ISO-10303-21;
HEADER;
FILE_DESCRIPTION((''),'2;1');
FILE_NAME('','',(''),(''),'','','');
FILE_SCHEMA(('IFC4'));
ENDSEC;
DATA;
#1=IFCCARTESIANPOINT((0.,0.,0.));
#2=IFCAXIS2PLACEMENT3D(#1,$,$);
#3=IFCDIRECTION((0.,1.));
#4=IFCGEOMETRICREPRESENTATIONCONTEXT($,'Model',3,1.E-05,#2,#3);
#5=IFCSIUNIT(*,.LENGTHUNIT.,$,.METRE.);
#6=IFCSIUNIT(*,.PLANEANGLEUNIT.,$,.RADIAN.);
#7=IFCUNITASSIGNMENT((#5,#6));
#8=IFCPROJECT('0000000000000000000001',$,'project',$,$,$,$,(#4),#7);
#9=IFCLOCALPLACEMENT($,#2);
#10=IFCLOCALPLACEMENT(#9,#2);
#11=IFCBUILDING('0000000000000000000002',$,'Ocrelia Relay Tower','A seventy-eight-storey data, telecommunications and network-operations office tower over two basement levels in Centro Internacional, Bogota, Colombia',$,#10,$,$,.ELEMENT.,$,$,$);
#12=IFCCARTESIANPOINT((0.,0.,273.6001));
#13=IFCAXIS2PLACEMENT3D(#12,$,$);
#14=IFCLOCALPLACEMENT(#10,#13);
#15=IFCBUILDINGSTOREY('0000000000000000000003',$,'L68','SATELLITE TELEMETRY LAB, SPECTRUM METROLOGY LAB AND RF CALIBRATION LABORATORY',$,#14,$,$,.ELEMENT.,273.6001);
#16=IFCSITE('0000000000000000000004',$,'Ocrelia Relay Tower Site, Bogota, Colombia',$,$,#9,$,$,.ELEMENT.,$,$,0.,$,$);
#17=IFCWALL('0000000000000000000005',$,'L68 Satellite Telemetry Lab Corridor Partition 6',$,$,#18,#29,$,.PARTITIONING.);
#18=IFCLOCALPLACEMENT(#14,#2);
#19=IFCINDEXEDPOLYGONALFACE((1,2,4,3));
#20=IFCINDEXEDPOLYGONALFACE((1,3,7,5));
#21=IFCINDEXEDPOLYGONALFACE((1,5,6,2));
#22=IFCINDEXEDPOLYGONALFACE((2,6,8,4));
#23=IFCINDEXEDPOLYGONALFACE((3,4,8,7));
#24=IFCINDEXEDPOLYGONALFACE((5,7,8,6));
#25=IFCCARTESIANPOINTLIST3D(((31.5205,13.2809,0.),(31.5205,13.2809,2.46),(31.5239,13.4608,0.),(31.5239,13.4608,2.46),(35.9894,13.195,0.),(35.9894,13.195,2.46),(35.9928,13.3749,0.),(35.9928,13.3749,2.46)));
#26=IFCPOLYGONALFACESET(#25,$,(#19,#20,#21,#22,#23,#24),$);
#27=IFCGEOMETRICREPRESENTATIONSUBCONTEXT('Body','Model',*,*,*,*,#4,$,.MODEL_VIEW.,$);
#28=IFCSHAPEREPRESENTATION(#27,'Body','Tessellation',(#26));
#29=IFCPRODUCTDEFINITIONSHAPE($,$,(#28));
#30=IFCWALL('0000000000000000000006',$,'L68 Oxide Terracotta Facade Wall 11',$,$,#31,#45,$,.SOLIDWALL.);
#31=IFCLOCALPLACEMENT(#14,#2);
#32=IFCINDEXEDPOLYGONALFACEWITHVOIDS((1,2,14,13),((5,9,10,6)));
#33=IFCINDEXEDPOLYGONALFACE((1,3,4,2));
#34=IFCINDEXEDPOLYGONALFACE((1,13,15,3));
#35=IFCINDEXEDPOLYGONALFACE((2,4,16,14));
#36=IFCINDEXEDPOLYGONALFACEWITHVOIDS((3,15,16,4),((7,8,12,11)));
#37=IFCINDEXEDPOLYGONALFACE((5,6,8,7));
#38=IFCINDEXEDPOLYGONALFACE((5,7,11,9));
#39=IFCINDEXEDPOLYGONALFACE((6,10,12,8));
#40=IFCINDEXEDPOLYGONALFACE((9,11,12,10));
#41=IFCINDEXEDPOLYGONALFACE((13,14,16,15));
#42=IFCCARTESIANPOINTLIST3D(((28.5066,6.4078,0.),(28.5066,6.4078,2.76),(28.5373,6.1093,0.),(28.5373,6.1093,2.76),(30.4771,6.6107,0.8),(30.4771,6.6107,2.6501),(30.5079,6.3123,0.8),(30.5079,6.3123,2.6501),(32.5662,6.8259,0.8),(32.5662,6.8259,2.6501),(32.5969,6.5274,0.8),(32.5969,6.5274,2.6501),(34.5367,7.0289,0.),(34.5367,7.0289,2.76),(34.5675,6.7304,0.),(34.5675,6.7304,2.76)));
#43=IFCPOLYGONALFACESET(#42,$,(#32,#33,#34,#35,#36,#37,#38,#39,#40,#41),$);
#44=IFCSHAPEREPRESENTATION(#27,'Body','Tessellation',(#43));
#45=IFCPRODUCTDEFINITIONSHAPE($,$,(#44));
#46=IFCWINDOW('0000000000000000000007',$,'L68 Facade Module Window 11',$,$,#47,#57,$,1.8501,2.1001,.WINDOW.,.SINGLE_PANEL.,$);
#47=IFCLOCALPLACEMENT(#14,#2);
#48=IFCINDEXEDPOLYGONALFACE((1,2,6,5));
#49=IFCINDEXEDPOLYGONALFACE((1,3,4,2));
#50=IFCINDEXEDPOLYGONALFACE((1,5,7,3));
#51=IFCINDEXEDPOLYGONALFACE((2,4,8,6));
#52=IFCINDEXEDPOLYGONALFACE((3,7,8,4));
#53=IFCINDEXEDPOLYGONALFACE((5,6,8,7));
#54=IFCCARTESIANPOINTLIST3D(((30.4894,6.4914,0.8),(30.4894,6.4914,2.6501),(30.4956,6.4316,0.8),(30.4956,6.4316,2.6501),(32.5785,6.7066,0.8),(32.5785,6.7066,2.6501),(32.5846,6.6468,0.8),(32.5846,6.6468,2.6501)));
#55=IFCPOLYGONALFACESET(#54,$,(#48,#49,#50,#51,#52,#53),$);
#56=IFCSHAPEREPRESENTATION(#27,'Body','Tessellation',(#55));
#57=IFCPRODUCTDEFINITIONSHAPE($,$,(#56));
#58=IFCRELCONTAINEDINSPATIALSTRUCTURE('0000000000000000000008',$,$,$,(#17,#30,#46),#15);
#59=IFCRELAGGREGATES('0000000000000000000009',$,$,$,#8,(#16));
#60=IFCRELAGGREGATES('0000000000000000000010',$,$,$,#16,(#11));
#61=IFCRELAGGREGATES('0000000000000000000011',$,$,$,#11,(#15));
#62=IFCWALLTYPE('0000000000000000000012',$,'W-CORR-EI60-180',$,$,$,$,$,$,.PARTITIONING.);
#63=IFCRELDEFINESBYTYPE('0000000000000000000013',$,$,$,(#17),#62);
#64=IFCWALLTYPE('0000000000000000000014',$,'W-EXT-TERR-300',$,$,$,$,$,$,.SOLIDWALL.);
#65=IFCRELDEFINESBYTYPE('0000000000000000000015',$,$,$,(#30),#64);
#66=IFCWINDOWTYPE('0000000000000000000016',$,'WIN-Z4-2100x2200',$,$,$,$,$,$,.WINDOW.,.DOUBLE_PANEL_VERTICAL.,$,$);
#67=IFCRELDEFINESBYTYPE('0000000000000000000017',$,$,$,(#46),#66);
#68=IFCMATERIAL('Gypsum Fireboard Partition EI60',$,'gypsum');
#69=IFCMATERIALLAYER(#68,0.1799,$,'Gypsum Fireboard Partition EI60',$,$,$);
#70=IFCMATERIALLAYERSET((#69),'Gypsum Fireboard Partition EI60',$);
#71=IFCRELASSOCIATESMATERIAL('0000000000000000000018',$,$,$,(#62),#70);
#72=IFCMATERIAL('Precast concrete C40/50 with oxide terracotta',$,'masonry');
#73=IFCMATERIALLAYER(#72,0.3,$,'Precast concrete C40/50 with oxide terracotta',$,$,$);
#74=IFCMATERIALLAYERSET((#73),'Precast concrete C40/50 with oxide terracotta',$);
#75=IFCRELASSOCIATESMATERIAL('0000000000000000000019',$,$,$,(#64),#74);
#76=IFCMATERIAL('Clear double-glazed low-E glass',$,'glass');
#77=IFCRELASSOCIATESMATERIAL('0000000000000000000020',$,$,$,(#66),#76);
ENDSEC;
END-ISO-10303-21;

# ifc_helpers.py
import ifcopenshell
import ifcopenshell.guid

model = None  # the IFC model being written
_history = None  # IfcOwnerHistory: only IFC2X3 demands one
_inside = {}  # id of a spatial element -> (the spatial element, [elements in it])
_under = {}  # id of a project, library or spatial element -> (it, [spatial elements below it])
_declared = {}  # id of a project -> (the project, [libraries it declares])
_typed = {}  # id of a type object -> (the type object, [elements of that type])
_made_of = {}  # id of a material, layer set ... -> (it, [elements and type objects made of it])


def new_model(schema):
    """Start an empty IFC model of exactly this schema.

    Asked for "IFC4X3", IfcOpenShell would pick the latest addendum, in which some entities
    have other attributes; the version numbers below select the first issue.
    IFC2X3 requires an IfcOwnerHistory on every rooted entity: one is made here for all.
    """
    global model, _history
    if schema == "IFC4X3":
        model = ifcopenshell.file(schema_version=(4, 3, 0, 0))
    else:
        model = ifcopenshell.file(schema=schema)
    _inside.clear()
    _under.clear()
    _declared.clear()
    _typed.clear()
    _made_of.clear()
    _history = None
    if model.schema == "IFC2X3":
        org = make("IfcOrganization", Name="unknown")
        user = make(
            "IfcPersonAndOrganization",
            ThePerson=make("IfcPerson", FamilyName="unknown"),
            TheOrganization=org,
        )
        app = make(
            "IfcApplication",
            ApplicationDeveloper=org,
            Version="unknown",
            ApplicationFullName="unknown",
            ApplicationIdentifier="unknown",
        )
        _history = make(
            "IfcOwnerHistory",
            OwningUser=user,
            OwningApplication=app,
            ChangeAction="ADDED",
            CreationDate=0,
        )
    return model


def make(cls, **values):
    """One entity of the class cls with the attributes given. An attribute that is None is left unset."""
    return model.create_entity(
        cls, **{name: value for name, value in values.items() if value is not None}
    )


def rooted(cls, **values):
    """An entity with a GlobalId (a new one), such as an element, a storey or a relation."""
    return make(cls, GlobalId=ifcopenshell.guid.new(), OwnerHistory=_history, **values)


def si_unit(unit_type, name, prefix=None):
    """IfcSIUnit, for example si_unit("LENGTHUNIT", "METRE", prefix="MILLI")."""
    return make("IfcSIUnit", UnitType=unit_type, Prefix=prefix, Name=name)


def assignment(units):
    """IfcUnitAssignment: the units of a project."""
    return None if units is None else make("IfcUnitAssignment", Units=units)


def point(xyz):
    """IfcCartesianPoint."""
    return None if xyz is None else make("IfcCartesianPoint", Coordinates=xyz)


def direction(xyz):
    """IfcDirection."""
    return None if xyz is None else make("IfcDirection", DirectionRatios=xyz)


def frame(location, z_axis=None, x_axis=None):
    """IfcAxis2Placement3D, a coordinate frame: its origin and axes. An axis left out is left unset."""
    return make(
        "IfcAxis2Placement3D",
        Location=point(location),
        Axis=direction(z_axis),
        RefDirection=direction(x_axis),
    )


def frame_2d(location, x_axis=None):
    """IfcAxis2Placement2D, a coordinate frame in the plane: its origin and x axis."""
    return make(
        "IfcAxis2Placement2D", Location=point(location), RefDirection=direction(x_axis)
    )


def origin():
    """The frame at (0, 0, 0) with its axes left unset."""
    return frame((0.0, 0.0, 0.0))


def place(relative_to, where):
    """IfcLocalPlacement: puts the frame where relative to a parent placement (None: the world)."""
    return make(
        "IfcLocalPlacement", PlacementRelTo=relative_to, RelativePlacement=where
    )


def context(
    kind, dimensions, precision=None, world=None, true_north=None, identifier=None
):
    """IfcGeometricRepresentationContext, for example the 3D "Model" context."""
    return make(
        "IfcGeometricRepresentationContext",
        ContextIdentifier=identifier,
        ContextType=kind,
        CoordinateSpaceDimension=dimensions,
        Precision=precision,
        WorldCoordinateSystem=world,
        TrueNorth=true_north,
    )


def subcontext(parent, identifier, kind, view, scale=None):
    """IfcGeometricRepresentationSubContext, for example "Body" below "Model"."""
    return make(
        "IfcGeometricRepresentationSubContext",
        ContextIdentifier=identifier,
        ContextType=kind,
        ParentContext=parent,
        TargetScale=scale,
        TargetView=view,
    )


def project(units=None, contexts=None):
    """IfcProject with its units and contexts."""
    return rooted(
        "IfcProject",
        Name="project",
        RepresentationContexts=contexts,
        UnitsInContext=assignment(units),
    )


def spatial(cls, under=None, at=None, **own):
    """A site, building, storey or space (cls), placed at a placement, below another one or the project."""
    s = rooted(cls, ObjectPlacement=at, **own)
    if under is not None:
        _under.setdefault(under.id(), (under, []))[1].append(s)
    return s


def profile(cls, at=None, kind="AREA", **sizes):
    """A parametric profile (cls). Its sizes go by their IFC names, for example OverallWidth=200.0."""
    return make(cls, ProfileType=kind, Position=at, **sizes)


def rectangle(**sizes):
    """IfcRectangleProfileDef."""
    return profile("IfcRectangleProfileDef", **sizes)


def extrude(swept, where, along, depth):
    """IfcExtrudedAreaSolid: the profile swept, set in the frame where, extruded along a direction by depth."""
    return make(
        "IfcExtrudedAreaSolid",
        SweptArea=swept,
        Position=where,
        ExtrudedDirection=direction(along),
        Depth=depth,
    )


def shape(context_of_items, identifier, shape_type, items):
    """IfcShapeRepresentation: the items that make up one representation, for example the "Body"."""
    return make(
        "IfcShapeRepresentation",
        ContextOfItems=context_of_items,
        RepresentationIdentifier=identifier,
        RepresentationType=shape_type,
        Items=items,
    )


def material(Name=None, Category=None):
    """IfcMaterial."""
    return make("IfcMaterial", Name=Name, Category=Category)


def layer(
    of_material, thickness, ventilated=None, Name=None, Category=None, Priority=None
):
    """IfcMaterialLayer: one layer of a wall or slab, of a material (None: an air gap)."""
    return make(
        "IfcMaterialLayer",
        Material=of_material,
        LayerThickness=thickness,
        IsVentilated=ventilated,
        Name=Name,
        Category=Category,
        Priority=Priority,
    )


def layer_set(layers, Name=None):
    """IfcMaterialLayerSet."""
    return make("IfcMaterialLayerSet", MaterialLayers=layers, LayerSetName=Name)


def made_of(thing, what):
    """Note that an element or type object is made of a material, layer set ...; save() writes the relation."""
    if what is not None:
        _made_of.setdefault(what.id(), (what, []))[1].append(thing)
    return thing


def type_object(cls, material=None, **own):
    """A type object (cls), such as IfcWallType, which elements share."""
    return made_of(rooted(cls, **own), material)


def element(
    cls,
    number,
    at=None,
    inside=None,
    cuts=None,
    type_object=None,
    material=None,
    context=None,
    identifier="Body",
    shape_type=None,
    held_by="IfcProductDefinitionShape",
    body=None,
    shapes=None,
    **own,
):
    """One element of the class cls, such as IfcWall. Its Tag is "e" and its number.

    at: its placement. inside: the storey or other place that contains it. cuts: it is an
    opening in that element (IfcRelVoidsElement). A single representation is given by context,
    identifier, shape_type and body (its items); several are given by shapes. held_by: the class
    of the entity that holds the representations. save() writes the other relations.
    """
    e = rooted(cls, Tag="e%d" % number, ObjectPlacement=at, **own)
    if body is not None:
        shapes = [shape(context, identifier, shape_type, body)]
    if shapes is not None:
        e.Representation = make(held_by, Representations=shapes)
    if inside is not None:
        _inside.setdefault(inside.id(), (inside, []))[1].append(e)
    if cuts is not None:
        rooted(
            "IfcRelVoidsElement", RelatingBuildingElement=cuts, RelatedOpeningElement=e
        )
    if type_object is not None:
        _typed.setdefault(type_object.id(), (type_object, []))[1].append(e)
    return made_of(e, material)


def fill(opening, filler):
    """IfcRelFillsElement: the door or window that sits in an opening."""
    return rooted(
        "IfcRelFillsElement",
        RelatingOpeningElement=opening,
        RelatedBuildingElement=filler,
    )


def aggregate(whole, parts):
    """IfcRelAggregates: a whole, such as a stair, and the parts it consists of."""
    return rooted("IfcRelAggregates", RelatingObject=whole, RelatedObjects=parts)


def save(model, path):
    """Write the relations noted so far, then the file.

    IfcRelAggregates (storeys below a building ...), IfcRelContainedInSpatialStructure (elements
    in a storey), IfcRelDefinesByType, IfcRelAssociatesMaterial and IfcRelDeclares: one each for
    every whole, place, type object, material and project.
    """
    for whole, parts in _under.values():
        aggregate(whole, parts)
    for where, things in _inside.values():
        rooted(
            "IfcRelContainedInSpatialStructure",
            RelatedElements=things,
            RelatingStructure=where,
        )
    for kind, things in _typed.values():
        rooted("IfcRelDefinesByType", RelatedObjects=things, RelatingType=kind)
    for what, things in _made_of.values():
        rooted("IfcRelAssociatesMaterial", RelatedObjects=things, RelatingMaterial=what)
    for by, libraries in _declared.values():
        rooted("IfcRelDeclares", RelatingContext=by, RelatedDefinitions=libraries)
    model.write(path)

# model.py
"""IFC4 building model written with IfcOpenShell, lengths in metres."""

from ifc_helpers import new_model, si_unit, direction, frame, frame_2d, origin, place, context, subcontext, project, spatial, rectangle, extrude, material, layer, layer_set, type_object, element, fill, save


model = new_model("IFC4")

# Units and contexts
model_context = context("Model", 3, precision=1e-05, world=origin(), true_north=direction((0.0, 1.0)))
body_context = subcontext(model_context, "Body", "Model", "MODEL_VIEW")
ifc_project = project(units=[si_unit("LENGTHUNIT", "METRE"), si_unit("PLANEANGLEUNIT", "RADIAN")], contexts=[model_context])

# Site, building, storey
site_placement = place(None, origin())
site = spatial("IfcSite", under=ifc_project, at=site_placement, Name="Ocrelia Relay Tower Site, Bogota, Colombia", CompositionType="ELEMENT", RefElevation=0.0)
building_placement = place(site_placement, origin())
building = spatial("IfcBuilding", under=site, at=building_placement, Name="Ocrelia Relay Tower", Description="A seventy-eight-storey data, telecommunications and network-operations office tower over two basement levels in Centro Internacional, Bogota, Colombia", CompositionType="ELEMENT")
storey_placement = place(building_placement, frame((0.0, 0.0, 273.6001)))
storey = spatial("IfcBuildingStorey", under=building, at=storey_placement, Name="L68", Description="SATELLITE TELEMETRY LAB, SPECTRUM METROLOGY LAB AND RF CALIBRATION LABORATORY", CompositionType="ELEMENT", Elevation=273.6001)

# Shared definitions
ifc_material_1 = material(Name="Clear double-glazed low-E glass", Category="glass")

# Shared definitions
ifc_material_2 = material(Name="Gypsum Fireboard Partition EI60", Category="gypsum")
ifc_layer_1 = layer(ifc_material_2, 0.1799, Name="Gypsum Fireboard Partition EI60")
ifc_layer_set_1 = layer_set([ifc_layer_1], Name="Gypsum Fireboard Partition EI60")
wall_type_1 = type_object("IfcWallType", Name="W-CORR-EI60-180", PredefinedType="PARTITIONING", material=ifc_layer_set_1)

# Wall
wall_1_placement = place(storey_placement, frame((31.5222, 13.3708, 0.0), z_axis=(0.0, 0.0, 1.0), x_axis=(0.999815, -0.019226, 0.0)))
element("IfcWall", 1, at=wall_1_placement, inside=storey, type_object=wall_type_1, Name="L68 Satellite Telemetry Lab Corridor Partition 6", PredefinedType="PARTITIONING", context=body_context, shape_type="SweptSolid", body=[
    extrude(rectangle(XDim=4.4697, YDim=0.1799, at=frame_2d((2.2349, 0.0))), origin(), (0.0, 0.0, 1.0), 2.46),
])

# Wall, opening, window
ifc_material_3 = material(Name="Precast concrete C40/50 with oxide terracotta", Category="masonry")
ifc_layer_2 = layer(ifc_material_3, 0.3, Name="Precast concrete C40/50 with oxide terracotta")
ifc_layer_set_2 = layer_set([ifc_layer_2], Name="Precast concrete C40/50 with oxide terracotta")
wall_type_2 = type_object("IfcWallType", Name="W-EXT-TERR-300", PredefinedType="SOLIDWALL", material=ifc_layer_set_2)
wall_2_placement = place(storey_placement, frame((28.522, 6.2585, 0.0), z_axis=(0.0, 0.0, 1.0), x_axis=(0.994737, 0.102458, 0.0)))
wall_2 = element("IfcWall", 2, at=wall_2_placement, inside=storey, type_object=wall_type_2, Name="L68 Oxide Terracotta Facade Wall 11", PredefinedType="SOLIDWALL", context=body_context, shape_type="SweptSolid", body=[
    extrude(rectangle(XDim=6.062, YDim=0.3, at=frame_2d((3.031, 0.0))), origin(), (0.0, 0.0, 1.0), 2.76),
])
opening_1_placement = place(wall_2_placement, frame((1.981, 0.0, 0.8)))
opening_1 = element("IfcOpeningElement", 3, at=opening_1_placement, cuts=wall_2, PredefinedType="OPENING", context=body_context, shape_type="SweptSolid", body=[
    extrude(rectangle(XDim=2.1001, YDim=1.8501, at=frame_2d((1.05, 0.925))), frame((0.0, 0.1602, 0.0), z_axis=(0.0, -1.0, 0.0), x_axis=(1.0, 0.0, 0.0)), (0.0, 0.0, 1.0), 0.3201),
])
window_type = type_object("IfcWindowType", Name="WIN-Z4-2100x2200", PartitioningType="DOUBLE_PANEL_VERTICAL", PredefinedType="WINDOW", material=ifc_material_1)
window_placement = place(opening_1_placement, origin())
window = element("IfcWindow", 4, at=window_placement, inside=storey, type_object=window_type, Name="L68 Facade Module Window 11", OverallHeight=1.8501, OverallWidth=2.1001, PartitioningType="SINGLE_PANEL", PredefinedType="WINDOW", context=body_context, shape_type="SweptSolid", body=[
    extrude(rectangle(XDim=2.1001, YDim=1.8501, at=frame_2d((1.05, 0.925))), frame((0.0, 0.03, 0.0), z_axis=(0.0, -1.0, 0.0), x_axis=(1.0, 0.0, 0.0)), (0.0, 0.0, 1.0), 0.0601),
])
fill(opening_1, window)

save(model, "model.ifc")
